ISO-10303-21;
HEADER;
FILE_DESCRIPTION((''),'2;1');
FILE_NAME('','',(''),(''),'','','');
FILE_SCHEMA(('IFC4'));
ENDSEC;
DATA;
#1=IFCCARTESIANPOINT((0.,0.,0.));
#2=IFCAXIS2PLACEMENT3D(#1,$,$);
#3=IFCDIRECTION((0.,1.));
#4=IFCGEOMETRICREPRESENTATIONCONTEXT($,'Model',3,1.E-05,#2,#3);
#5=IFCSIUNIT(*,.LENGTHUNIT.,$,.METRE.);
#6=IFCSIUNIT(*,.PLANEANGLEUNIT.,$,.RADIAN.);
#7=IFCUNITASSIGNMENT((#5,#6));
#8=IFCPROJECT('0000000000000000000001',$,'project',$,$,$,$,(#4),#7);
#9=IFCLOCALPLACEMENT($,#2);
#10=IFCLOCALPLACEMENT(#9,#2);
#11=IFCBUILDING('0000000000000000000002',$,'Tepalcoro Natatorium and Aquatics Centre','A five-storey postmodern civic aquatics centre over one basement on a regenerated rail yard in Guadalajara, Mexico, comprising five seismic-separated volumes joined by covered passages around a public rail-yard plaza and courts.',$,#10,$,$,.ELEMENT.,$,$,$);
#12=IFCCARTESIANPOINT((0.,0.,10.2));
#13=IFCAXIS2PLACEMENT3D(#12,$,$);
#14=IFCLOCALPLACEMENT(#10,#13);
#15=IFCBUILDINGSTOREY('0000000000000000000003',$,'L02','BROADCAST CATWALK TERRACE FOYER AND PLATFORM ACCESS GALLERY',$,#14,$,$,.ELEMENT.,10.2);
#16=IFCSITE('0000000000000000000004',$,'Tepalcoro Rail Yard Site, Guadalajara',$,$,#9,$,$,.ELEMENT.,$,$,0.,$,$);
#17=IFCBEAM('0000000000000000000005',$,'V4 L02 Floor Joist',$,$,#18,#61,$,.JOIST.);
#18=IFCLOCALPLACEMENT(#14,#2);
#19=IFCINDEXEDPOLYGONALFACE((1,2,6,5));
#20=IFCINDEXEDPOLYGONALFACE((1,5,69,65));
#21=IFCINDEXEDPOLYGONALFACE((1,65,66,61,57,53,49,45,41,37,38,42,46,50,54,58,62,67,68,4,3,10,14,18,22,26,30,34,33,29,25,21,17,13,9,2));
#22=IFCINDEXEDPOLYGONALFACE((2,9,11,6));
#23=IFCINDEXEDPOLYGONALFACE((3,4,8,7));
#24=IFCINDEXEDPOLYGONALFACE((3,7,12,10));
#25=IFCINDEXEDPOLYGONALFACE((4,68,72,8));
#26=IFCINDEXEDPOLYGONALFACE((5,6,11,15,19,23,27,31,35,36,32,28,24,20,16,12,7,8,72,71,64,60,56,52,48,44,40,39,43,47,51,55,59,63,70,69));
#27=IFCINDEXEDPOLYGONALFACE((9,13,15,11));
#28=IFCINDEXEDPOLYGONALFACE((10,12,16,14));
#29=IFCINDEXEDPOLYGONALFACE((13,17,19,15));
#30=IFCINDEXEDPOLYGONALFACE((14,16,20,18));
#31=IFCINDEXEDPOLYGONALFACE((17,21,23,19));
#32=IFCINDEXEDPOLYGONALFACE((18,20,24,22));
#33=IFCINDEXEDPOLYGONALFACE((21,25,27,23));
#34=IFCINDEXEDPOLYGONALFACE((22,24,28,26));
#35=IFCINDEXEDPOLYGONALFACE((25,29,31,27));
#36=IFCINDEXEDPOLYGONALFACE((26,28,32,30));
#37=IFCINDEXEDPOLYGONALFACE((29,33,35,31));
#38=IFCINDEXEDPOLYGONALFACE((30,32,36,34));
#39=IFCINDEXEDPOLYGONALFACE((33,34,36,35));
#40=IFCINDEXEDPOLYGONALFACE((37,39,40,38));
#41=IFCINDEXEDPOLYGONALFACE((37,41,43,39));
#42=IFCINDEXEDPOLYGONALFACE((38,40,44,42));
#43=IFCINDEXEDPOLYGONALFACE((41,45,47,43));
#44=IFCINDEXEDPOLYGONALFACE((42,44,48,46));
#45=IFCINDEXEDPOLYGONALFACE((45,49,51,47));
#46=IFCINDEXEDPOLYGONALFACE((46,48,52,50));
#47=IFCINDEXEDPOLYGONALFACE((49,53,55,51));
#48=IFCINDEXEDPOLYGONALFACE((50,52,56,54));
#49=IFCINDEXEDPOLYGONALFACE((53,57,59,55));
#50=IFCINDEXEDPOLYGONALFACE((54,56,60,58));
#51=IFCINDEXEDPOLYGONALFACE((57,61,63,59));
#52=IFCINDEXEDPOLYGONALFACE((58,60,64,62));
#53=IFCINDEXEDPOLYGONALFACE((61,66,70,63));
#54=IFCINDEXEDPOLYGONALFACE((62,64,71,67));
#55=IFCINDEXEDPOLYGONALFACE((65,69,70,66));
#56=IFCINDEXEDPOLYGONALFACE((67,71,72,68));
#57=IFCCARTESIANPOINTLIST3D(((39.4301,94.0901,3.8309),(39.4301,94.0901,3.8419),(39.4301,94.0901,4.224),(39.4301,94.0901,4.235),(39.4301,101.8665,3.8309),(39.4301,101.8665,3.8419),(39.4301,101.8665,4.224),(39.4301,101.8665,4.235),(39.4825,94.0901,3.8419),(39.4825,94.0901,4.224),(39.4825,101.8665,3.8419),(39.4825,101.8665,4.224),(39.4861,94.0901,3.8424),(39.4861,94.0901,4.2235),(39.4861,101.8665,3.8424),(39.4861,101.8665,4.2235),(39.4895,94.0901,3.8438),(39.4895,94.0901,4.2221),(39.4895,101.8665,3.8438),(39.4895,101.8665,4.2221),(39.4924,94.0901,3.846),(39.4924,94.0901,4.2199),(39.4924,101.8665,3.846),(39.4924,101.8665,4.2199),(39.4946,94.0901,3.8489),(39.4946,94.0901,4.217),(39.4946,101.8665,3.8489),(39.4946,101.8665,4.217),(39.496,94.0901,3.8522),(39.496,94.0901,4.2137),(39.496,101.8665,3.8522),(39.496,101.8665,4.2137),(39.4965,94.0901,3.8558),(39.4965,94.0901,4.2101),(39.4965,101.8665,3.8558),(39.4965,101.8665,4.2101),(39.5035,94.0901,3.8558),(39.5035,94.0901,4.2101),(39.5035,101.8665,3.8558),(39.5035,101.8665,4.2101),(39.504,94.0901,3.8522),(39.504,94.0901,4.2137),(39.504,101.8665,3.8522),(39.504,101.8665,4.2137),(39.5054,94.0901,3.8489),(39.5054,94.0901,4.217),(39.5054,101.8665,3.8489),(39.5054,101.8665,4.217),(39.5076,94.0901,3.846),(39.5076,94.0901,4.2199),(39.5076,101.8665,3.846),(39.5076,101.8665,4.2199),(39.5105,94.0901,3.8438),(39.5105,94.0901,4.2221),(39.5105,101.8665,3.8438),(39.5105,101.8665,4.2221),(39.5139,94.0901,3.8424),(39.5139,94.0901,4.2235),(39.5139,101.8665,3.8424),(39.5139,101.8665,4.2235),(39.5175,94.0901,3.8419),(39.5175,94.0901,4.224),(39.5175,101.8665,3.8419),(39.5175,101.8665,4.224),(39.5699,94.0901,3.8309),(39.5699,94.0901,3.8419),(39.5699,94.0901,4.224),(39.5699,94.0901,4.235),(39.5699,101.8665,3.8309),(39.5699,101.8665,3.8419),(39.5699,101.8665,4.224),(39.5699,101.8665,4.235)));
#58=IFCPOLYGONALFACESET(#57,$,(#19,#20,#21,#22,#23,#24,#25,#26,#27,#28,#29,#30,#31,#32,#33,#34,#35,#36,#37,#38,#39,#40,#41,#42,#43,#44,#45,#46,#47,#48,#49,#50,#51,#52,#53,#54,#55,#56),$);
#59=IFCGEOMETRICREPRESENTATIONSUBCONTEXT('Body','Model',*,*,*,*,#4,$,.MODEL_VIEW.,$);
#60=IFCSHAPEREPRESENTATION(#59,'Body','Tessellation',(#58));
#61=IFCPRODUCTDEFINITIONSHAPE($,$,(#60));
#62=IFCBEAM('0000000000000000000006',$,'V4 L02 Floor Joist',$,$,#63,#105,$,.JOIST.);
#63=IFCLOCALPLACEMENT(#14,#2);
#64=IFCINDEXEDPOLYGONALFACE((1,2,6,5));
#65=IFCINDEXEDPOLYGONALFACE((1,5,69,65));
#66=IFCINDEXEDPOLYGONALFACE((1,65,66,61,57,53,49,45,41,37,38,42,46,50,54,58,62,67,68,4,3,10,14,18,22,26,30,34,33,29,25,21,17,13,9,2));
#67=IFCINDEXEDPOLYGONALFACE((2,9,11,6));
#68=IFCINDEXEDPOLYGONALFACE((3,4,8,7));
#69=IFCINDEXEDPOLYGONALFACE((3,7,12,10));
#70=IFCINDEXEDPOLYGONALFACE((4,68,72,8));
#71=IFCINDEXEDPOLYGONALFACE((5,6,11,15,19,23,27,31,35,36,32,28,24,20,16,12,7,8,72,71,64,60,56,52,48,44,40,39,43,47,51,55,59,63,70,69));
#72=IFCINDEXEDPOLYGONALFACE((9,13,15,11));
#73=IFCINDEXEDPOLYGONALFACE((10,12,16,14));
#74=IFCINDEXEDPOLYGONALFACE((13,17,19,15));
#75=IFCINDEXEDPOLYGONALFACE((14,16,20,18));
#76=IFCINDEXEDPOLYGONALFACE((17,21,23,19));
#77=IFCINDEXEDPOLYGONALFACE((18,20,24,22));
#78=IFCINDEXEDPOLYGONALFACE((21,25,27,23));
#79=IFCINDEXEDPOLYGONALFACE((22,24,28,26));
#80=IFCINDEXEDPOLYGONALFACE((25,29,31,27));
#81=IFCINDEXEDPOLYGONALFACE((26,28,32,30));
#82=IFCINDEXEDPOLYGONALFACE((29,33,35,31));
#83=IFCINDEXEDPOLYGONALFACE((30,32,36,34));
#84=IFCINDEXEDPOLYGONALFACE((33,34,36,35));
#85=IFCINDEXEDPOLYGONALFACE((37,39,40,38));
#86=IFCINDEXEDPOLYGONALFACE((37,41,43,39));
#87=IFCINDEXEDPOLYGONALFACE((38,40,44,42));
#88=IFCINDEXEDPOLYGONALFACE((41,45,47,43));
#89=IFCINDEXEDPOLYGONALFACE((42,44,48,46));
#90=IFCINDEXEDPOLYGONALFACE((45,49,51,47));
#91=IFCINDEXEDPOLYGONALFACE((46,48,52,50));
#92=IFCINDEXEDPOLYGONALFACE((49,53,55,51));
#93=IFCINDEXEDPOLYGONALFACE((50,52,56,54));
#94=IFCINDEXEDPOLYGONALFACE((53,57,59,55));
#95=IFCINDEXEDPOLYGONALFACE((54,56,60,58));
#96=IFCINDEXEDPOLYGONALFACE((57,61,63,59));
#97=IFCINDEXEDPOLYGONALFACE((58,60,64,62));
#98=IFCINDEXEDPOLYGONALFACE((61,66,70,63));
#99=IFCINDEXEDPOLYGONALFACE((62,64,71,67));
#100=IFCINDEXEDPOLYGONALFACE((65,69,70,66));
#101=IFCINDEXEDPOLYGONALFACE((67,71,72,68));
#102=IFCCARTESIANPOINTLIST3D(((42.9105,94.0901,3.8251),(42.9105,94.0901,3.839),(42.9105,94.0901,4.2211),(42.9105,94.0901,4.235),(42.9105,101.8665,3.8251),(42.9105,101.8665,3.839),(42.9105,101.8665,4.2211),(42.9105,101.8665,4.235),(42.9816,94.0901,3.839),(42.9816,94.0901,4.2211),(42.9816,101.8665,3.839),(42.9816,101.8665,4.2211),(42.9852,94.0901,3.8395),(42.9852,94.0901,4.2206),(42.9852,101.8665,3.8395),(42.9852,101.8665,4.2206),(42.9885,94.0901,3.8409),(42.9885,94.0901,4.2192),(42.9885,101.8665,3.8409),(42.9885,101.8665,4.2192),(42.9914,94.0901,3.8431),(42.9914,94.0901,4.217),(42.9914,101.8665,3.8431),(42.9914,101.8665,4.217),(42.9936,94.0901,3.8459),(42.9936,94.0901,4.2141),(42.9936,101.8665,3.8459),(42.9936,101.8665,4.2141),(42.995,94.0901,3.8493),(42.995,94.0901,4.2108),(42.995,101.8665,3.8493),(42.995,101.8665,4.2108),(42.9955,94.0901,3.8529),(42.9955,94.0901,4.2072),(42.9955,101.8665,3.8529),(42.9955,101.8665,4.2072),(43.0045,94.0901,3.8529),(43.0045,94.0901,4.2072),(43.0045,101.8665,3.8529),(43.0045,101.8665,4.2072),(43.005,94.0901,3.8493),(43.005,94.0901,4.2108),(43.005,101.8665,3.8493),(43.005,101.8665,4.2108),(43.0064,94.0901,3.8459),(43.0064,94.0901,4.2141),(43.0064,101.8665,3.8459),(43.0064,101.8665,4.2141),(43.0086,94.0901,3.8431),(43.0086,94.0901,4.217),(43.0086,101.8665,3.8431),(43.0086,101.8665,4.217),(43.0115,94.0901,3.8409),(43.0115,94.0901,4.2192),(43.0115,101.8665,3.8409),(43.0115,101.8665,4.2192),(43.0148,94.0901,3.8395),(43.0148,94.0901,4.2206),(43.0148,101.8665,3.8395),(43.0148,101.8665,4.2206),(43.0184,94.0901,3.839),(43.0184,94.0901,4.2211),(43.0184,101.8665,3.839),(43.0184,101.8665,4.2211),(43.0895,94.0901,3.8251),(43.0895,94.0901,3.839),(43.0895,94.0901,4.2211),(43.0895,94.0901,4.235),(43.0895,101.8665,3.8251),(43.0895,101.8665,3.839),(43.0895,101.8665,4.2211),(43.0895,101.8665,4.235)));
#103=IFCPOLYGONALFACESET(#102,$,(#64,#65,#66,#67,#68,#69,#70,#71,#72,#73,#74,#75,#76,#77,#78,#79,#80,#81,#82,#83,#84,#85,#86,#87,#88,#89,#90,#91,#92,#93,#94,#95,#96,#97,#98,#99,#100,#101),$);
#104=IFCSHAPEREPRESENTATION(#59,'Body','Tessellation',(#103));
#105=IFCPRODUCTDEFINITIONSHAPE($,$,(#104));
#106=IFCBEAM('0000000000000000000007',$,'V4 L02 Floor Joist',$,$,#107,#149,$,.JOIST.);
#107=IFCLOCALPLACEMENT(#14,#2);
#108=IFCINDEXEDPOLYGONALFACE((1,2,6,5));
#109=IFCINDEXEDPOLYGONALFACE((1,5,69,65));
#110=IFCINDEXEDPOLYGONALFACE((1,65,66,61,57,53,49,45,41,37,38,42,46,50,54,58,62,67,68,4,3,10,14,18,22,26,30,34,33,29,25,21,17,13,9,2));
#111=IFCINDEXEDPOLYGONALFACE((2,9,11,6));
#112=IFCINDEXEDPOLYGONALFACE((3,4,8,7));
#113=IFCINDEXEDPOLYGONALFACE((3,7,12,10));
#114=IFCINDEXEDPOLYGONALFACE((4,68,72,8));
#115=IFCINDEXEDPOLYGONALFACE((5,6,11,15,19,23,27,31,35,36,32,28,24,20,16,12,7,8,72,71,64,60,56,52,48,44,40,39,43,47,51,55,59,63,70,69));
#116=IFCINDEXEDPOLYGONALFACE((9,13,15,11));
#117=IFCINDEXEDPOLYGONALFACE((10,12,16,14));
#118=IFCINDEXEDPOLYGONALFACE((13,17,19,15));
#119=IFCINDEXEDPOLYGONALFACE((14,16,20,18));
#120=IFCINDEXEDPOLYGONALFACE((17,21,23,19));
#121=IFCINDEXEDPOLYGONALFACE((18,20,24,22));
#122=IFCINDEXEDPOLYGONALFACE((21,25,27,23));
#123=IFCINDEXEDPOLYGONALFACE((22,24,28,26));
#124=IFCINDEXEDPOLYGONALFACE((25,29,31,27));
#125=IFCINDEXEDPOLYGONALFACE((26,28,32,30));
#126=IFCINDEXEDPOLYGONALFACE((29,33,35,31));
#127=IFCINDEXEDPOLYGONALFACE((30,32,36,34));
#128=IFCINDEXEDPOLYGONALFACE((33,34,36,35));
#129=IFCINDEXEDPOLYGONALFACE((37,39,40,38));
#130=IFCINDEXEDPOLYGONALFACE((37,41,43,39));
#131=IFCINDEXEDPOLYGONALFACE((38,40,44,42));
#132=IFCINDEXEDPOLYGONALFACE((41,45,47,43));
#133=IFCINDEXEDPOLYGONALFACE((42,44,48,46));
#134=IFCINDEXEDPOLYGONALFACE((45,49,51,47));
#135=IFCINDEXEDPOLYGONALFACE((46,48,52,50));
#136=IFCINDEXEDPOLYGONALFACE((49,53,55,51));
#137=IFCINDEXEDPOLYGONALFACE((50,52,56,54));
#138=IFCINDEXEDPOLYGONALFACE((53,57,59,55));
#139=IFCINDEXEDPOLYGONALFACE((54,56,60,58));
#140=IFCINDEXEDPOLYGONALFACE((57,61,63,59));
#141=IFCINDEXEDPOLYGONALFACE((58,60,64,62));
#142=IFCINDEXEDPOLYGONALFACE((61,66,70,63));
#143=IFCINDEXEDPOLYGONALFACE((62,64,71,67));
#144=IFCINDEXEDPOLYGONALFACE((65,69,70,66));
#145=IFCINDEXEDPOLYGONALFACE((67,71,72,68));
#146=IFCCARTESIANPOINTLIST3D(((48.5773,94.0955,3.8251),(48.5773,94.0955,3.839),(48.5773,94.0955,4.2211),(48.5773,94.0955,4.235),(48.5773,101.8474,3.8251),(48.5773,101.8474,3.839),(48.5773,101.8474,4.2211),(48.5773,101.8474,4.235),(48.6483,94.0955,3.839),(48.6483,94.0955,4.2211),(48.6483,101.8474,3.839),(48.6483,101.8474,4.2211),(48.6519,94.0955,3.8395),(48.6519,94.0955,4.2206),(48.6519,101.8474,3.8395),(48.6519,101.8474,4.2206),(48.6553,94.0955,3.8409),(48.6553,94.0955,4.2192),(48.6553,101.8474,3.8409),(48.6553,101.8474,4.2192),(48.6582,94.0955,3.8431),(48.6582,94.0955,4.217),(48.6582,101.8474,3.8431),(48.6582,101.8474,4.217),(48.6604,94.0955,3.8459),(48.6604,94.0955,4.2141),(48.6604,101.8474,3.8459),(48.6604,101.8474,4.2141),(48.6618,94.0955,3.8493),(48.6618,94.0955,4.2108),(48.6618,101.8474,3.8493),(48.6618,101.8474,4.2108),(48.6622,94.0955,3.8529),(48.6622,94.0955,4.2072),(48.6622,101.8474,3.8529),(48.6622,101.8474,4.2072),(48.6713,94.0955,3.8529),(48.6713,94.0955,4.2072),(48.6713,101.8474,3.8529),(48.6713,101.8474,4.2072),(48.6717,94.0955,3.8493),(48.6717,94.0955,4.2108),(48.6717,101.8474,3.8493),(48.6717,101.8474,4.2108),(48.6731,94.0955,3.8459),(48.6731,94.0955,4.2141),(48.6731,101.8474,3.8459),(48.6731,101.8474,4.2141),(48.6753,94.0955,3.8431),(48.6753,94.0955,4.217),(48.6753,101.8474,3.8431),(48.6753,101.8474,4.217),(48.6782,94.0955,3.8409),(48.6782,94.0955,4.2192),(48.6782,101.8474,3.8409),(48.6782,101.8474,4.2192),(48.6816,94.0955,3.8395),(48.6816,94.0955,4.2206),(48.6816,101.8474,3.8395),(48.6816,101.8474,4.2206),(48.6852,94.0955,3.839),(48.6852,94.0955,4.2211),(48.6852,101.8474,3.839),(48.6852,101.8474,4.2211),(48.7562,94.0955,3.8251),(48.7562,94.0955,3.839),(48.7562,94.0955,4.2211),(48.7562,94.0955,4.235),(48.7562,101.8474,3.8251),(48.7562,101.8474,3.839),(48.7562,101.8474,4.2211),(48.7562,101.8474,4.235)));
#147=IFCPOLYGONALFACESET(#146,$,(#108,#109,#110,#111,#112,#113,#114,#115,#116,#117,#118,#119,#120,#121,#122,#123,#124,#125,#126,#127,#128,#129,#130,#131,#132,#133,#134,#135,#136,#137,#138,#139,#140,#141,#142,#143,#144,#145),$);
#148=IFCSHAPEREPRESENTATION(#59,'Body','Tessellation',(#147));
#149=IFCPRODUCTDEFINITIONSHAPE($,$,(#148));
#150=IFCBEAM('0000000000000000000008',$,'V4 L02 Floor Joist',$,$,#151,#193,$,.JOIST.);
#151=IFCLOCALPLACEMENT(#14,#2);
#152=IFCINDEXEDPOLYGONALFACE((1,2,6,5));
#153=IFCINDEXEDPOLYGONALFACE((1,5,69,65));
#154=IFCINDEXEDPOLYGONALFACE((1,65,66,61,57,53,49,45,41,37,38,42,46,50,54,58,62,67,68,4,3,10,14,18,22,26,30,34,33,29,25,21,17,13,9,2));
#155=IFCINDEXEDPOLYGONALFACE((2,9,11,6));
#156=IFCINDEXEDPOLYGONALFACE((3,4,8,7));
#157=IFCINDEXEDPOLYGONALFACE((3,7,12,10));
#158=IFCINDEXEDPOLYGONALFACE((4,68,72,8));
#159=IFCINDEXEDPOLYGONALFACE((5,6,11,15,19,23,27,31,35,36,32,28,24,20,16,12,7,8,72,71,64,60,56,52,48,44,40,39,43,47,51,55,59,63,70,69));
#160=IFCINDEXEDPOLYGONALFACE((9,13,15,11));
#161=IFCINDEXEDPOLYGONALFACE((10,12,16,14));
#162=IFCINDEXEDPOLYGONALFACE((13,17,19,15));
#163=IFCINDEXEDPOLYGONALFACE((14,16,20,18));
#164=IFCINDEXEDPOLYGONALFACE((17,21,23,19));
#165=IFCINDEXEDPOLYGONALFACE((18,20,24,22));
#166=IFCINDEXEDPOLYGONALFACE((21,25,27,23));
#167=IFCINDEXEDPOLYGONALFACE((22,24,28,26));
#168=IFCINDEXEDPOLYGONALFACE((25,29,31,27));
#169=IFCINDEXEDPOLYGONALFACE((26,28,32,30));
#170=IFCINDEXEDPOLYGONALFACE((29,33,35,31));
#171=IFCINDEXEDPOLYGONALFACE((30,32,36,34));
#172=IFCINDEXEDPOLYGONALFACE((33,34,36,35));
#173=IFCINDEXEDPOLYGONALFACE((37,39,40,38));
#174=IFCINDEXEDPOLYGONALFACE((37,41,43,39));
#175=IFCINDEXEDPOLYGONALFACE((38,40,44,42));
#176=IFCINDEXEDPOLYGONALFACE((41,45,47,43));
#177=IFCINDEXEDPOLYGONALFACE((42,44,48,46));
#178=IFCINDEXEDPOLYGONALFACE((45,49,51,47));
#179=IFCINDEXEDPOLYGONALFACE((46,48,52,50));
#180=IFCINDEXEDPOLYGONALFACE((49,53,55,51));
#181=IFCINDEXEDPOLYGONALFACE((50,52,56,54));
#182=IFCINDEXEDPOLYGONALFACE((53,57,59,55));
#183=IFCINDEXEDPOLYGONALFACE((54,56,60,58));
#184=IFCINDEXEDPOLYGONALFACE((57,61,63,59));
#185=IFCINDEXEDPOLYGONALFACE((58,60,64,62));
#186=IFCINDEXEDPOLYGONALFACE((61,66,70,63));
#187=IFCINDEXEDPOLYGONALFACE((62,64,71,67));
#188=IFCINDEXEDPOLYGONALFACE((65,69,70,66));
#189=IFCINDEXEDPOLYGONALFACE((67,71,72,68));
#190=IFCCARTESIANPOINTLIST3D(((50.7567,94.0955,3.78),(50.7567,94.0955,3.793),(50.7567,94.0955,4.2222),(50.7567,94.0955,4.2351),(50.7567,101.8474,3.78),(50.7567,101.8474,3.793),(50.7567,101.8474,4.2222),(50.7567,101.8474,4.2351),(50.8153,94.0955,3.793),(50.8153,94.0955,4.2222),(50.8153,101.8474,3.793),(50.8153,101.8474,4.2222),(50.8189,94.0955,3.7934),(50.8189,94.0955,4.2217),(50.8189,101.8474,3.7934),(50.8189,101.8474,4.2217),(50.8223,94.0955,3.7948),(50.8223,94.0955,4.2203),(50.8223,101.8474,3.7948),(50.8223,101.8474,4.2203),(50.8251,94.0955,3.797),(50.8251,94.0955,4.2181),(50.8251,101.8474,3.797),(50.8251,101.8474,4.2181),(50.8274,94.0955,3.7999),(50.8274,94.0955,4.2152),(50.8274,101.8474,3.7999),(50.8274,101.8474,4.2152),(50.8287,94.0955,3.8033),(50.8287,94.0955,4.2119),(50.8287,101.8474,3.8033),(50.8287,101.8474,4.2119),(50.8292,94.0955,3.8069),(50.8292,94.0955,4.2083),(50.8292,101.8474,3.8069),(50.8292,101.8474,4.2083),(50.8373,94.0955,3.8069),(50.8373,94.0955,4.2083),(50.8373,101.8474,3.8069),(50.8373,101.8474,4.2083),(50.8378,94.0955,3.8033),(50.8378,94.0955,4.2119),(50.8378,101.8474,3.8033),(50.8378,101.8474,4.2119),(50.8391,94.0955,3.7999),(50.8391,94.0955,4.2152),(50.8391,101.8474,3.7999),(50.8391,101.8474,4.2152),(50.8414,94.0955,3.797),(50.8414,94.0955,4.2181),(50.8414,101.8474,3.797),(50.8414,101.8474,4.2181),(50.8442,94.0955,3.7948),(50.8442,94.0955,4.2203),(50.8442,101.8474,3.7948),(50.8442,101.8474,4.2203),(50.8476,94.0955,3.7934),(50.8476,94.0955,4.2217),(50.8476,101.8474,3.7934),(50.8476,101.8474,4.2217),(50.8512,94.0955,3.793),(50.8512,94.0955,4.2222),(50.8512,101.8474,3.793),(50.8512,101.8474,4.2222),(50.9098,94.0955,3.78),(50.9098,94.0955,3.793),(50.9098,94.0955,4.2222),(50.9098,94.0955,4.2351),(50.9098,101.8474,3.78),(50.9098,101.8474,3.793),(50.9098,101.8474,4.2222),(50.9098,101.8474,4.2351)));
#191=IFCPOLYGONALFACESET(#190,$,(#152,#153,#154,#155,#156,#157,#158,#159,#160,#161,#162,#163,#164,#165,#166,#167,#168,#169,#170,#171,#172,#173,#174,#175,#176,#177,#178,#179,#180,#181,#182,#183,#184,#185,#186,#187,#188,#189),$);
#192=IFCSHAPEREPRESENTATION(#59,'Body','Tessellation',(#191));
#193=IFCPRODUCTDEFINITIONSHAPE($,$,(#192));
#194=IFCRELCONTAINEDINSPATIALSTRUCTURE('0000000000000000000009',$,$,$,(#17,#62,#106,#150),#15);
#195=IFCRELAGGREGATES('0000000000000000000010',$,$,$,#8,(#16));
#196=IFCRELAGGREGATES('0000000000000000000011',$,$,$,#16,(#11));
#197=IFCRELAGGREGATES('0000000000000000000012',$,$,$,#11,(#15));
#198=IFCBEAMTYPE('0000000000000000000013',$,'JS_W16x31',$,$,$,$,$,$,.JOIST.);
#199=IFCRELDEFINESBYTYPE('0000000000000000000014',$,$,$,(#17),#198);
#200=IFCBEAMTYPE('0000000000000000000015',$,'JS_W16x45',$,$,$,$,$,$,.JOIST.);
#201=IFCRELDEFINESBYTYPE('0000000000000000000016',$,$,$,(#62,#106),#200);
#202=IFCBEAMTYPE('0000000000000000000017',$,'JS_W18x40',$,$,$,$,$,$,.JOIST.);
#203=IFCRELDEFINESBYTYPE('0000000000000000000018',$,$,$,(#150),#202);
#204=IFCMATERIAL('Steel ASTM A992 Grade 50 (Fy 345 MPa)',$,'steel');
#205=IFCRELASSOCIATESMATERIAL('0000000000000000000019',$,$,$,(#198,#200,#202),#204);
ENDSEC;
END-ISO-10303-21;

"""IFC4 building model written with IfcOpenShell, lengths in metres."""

from ifc_helpers import new_model, si_unit, direction, frame, origin, origin_2d, place, context, subcontext, project, spatial, i_section, extrude, material, material_profile, profile_set, type_object, element, save


model = new_model("IFC4")

# Units and contexts
model_context = context("Model", 3, precision=1e-05, world=origin(), true_north=direction((0.0, 1.0)))
body_context = subcontext(model_context, "Body", "Model", "MODEL_VIEW")
ifc_project = project(units=[si_unit("LENGTHUNIT", "METRE"), si_unit("PLANEANGLEUNIT", "RADIAN")], contexts=[model_context])

# Site, building, storey
site_placement = place(None, origin())
site = spatial("IfcSite", under=ifc_project, at=site_placement, Name="Tepalcoro Rail Yard Site, Guadalajara", CompositionType="ELEMENT", RefElevation=0.0)
building_placement = place(site_placement, origin())
building = spatial("IfcBuilding", under=site, at=building_placement, Name="Tepalcoro Natatorium and Aquatics Centre", Description="A five-storey postmodern civic aquatics centre over one basement on a regenerated rail yard in Guadalajara, Mexico, comprising five seismic-separated volumes joined by covered passages around a public rail-yard plaza and courts.", CompositionType="ELEMENT")
storey_placement = place(building_placement, frame((0.0, 0.0, 10.2)))
storey = spatial("IfcBuildingStorey", under=building, at=storey_placement, Name="L02", Description="BROADCAST CATWALK TERRACE FOYER AND PLATFORM ACCESS GALLERY", CompositionType="ELEMENT", Elevation=10.2)

# Shared definitions
ifc_material_1 = material(Name="Steel ASTM A992 Grade 50 (Fy 345 MPa)", Category="steel")

# Beams
ifc_material_profile_1 = material_profile(ifc_material_1, i_section(OverallWidth=0.1399, OverallDepth=0.4041, WebThickness=0.0071, FlangeThickness=0.011, FilletRadius=0.0139, at=origin_2d()), Name="W16X31")
ifc_profile_set_1 = profile_set([ifc_material_profile_1], Name="Steel ASTM A992 Grade 50 (Fy 345 MPa)")
beam_type_1 = type_object("IfcBeamType", Name="JS_W16x31", PredefinedType="JOIST", material=ifc_profile_set_1)
beam_1_placement = place(storey_placement, frame((39.5, 94.0901, 4.033), z_axis=(0.0, 1.0, 0.0), x_axis=(-1.0, 0.0, 0.0)))
element("IfcBeam", 1, at=beam_1_placement, inside=storey, type_object=beam_type_1, Name="V4 L02 Floor Joist", PredefinedType="JOIST", context=body_context, shape_type="SweptSolid", body=[
    extrude(i_section(OverallWidth=0.1399, OverallDepth=0.4041, WebThickness=0.0071, FlangeThickness=0.011, FilletRadius=0.0139, at=origin_2d()), origin(), (0.0, 0.0, 1.0), 7.7764),
])
ifc_material_profile_2 = material_profile(ifc_material_1, i_section(OverallWidth=0.179, OverallDepth=0.4099, WebThickness=0.009, FlangeThickness=0.0139, FilletRadius=0.0139, at=origin_2d()), Name="W16X45")
ifc_profile_set_2 = profile_set([ifc_material_profile_2], Name="Steel ASTM A992 Grade 50 (Fy 345 MPa)")
beam_type_2 = type_object("IfcBeamType", Name="JS_W16x45", PredefinedType="JOIST", material=ifc_profile_set_2)
beam_2_placement = place(storey_placement, frame((43.0, 94.0901, 4.03), z_axis=(0.0, 1.0, 0.0), x_axis=(-1.0, 0.0, 0.0)))
element("IfcBeam", 2, at=beam_2_placement, inside=storey, type_object=beam_type_2, Name="V4 L02 Floor Joist", PredefinedType="JOIST", context=body_context, shape_type="SweptSolid", body=[
    extrude(i_section(OverallWidth=0.179, OverallDepth=0.4099, WebThickness=0.009, FlangeThickness=0.0139, FilletRadius=0.0139, at=origin_2d()), origin(), (0.0, 0.0, 1.0), 7.7764),
])
beam_3_placement = place(storey_placement, frame((48.6667, 94.0955, 4.03), z_axis=(0.0, 1.0, 0.0), x_axis=(-1.0, 0.0, 0.0)))
element("IfcBeam", 3, at=beam_3_placement, inside=storey, type_object=beam_type_2, Name="V4 L02 Floor Joist", PredefinedType="JOIST", context=body_context, shape_type="SweptSolid", body=[
    extrude(i_section(OverallWidth=0.179, OverallDepth=0.4099, WebThickness=0.009, FlangeThickness=0.0139, FilletRadius=0.0139, at=origin_2d()), origin(), (0.0, 0.0, 1.0), 7.752),
])
ifc_material_profile_3 = material_profile(ifc_material_1, i_section(OverallWidth=0.1531, OverallDepth=0.4551, WebThickness=0.0081, FlangeThickness=0.0129, FilletRadius=0.0139, at=origin_2d()), Name="W18X40")
ifc_profile_set_3 = profile_set([ifc_material_profile_3], Name="Steel ASTM A992 Grade 50 (Fy 345 MPa)")
beam_type_3 = type_object("IfcBeamType", Name="JS_W18x40", PredefinedType="JOIST", material=ifc_profile_set_3)
beam_4_placement = place(storey_placement, frame((50.8333, 94.0955, 4.0076), z_axis=(0.0, 1.0, 0.0), x_axis=(-1.0, 0.0, 0.0)))
element("IfcBeam", 4, at=beam_4_placement, inside=storey, type_object=beam_type_3, Name="V4 L02 Floor Joist", PredefinedType="JOIST", context=body_context, shape_type="SweptSolid", body=[
    extrude(i_section(OverallWidth=0.1531, OverallDepth=0.4551, WebThickness=0.0081, FlangeThickness=0.0129, FilletRadius=0.0139, at=origin_2d()), origin(), (0.0, 0.0, 1.0), 7.752),
])

save(model, "model.ifc")
